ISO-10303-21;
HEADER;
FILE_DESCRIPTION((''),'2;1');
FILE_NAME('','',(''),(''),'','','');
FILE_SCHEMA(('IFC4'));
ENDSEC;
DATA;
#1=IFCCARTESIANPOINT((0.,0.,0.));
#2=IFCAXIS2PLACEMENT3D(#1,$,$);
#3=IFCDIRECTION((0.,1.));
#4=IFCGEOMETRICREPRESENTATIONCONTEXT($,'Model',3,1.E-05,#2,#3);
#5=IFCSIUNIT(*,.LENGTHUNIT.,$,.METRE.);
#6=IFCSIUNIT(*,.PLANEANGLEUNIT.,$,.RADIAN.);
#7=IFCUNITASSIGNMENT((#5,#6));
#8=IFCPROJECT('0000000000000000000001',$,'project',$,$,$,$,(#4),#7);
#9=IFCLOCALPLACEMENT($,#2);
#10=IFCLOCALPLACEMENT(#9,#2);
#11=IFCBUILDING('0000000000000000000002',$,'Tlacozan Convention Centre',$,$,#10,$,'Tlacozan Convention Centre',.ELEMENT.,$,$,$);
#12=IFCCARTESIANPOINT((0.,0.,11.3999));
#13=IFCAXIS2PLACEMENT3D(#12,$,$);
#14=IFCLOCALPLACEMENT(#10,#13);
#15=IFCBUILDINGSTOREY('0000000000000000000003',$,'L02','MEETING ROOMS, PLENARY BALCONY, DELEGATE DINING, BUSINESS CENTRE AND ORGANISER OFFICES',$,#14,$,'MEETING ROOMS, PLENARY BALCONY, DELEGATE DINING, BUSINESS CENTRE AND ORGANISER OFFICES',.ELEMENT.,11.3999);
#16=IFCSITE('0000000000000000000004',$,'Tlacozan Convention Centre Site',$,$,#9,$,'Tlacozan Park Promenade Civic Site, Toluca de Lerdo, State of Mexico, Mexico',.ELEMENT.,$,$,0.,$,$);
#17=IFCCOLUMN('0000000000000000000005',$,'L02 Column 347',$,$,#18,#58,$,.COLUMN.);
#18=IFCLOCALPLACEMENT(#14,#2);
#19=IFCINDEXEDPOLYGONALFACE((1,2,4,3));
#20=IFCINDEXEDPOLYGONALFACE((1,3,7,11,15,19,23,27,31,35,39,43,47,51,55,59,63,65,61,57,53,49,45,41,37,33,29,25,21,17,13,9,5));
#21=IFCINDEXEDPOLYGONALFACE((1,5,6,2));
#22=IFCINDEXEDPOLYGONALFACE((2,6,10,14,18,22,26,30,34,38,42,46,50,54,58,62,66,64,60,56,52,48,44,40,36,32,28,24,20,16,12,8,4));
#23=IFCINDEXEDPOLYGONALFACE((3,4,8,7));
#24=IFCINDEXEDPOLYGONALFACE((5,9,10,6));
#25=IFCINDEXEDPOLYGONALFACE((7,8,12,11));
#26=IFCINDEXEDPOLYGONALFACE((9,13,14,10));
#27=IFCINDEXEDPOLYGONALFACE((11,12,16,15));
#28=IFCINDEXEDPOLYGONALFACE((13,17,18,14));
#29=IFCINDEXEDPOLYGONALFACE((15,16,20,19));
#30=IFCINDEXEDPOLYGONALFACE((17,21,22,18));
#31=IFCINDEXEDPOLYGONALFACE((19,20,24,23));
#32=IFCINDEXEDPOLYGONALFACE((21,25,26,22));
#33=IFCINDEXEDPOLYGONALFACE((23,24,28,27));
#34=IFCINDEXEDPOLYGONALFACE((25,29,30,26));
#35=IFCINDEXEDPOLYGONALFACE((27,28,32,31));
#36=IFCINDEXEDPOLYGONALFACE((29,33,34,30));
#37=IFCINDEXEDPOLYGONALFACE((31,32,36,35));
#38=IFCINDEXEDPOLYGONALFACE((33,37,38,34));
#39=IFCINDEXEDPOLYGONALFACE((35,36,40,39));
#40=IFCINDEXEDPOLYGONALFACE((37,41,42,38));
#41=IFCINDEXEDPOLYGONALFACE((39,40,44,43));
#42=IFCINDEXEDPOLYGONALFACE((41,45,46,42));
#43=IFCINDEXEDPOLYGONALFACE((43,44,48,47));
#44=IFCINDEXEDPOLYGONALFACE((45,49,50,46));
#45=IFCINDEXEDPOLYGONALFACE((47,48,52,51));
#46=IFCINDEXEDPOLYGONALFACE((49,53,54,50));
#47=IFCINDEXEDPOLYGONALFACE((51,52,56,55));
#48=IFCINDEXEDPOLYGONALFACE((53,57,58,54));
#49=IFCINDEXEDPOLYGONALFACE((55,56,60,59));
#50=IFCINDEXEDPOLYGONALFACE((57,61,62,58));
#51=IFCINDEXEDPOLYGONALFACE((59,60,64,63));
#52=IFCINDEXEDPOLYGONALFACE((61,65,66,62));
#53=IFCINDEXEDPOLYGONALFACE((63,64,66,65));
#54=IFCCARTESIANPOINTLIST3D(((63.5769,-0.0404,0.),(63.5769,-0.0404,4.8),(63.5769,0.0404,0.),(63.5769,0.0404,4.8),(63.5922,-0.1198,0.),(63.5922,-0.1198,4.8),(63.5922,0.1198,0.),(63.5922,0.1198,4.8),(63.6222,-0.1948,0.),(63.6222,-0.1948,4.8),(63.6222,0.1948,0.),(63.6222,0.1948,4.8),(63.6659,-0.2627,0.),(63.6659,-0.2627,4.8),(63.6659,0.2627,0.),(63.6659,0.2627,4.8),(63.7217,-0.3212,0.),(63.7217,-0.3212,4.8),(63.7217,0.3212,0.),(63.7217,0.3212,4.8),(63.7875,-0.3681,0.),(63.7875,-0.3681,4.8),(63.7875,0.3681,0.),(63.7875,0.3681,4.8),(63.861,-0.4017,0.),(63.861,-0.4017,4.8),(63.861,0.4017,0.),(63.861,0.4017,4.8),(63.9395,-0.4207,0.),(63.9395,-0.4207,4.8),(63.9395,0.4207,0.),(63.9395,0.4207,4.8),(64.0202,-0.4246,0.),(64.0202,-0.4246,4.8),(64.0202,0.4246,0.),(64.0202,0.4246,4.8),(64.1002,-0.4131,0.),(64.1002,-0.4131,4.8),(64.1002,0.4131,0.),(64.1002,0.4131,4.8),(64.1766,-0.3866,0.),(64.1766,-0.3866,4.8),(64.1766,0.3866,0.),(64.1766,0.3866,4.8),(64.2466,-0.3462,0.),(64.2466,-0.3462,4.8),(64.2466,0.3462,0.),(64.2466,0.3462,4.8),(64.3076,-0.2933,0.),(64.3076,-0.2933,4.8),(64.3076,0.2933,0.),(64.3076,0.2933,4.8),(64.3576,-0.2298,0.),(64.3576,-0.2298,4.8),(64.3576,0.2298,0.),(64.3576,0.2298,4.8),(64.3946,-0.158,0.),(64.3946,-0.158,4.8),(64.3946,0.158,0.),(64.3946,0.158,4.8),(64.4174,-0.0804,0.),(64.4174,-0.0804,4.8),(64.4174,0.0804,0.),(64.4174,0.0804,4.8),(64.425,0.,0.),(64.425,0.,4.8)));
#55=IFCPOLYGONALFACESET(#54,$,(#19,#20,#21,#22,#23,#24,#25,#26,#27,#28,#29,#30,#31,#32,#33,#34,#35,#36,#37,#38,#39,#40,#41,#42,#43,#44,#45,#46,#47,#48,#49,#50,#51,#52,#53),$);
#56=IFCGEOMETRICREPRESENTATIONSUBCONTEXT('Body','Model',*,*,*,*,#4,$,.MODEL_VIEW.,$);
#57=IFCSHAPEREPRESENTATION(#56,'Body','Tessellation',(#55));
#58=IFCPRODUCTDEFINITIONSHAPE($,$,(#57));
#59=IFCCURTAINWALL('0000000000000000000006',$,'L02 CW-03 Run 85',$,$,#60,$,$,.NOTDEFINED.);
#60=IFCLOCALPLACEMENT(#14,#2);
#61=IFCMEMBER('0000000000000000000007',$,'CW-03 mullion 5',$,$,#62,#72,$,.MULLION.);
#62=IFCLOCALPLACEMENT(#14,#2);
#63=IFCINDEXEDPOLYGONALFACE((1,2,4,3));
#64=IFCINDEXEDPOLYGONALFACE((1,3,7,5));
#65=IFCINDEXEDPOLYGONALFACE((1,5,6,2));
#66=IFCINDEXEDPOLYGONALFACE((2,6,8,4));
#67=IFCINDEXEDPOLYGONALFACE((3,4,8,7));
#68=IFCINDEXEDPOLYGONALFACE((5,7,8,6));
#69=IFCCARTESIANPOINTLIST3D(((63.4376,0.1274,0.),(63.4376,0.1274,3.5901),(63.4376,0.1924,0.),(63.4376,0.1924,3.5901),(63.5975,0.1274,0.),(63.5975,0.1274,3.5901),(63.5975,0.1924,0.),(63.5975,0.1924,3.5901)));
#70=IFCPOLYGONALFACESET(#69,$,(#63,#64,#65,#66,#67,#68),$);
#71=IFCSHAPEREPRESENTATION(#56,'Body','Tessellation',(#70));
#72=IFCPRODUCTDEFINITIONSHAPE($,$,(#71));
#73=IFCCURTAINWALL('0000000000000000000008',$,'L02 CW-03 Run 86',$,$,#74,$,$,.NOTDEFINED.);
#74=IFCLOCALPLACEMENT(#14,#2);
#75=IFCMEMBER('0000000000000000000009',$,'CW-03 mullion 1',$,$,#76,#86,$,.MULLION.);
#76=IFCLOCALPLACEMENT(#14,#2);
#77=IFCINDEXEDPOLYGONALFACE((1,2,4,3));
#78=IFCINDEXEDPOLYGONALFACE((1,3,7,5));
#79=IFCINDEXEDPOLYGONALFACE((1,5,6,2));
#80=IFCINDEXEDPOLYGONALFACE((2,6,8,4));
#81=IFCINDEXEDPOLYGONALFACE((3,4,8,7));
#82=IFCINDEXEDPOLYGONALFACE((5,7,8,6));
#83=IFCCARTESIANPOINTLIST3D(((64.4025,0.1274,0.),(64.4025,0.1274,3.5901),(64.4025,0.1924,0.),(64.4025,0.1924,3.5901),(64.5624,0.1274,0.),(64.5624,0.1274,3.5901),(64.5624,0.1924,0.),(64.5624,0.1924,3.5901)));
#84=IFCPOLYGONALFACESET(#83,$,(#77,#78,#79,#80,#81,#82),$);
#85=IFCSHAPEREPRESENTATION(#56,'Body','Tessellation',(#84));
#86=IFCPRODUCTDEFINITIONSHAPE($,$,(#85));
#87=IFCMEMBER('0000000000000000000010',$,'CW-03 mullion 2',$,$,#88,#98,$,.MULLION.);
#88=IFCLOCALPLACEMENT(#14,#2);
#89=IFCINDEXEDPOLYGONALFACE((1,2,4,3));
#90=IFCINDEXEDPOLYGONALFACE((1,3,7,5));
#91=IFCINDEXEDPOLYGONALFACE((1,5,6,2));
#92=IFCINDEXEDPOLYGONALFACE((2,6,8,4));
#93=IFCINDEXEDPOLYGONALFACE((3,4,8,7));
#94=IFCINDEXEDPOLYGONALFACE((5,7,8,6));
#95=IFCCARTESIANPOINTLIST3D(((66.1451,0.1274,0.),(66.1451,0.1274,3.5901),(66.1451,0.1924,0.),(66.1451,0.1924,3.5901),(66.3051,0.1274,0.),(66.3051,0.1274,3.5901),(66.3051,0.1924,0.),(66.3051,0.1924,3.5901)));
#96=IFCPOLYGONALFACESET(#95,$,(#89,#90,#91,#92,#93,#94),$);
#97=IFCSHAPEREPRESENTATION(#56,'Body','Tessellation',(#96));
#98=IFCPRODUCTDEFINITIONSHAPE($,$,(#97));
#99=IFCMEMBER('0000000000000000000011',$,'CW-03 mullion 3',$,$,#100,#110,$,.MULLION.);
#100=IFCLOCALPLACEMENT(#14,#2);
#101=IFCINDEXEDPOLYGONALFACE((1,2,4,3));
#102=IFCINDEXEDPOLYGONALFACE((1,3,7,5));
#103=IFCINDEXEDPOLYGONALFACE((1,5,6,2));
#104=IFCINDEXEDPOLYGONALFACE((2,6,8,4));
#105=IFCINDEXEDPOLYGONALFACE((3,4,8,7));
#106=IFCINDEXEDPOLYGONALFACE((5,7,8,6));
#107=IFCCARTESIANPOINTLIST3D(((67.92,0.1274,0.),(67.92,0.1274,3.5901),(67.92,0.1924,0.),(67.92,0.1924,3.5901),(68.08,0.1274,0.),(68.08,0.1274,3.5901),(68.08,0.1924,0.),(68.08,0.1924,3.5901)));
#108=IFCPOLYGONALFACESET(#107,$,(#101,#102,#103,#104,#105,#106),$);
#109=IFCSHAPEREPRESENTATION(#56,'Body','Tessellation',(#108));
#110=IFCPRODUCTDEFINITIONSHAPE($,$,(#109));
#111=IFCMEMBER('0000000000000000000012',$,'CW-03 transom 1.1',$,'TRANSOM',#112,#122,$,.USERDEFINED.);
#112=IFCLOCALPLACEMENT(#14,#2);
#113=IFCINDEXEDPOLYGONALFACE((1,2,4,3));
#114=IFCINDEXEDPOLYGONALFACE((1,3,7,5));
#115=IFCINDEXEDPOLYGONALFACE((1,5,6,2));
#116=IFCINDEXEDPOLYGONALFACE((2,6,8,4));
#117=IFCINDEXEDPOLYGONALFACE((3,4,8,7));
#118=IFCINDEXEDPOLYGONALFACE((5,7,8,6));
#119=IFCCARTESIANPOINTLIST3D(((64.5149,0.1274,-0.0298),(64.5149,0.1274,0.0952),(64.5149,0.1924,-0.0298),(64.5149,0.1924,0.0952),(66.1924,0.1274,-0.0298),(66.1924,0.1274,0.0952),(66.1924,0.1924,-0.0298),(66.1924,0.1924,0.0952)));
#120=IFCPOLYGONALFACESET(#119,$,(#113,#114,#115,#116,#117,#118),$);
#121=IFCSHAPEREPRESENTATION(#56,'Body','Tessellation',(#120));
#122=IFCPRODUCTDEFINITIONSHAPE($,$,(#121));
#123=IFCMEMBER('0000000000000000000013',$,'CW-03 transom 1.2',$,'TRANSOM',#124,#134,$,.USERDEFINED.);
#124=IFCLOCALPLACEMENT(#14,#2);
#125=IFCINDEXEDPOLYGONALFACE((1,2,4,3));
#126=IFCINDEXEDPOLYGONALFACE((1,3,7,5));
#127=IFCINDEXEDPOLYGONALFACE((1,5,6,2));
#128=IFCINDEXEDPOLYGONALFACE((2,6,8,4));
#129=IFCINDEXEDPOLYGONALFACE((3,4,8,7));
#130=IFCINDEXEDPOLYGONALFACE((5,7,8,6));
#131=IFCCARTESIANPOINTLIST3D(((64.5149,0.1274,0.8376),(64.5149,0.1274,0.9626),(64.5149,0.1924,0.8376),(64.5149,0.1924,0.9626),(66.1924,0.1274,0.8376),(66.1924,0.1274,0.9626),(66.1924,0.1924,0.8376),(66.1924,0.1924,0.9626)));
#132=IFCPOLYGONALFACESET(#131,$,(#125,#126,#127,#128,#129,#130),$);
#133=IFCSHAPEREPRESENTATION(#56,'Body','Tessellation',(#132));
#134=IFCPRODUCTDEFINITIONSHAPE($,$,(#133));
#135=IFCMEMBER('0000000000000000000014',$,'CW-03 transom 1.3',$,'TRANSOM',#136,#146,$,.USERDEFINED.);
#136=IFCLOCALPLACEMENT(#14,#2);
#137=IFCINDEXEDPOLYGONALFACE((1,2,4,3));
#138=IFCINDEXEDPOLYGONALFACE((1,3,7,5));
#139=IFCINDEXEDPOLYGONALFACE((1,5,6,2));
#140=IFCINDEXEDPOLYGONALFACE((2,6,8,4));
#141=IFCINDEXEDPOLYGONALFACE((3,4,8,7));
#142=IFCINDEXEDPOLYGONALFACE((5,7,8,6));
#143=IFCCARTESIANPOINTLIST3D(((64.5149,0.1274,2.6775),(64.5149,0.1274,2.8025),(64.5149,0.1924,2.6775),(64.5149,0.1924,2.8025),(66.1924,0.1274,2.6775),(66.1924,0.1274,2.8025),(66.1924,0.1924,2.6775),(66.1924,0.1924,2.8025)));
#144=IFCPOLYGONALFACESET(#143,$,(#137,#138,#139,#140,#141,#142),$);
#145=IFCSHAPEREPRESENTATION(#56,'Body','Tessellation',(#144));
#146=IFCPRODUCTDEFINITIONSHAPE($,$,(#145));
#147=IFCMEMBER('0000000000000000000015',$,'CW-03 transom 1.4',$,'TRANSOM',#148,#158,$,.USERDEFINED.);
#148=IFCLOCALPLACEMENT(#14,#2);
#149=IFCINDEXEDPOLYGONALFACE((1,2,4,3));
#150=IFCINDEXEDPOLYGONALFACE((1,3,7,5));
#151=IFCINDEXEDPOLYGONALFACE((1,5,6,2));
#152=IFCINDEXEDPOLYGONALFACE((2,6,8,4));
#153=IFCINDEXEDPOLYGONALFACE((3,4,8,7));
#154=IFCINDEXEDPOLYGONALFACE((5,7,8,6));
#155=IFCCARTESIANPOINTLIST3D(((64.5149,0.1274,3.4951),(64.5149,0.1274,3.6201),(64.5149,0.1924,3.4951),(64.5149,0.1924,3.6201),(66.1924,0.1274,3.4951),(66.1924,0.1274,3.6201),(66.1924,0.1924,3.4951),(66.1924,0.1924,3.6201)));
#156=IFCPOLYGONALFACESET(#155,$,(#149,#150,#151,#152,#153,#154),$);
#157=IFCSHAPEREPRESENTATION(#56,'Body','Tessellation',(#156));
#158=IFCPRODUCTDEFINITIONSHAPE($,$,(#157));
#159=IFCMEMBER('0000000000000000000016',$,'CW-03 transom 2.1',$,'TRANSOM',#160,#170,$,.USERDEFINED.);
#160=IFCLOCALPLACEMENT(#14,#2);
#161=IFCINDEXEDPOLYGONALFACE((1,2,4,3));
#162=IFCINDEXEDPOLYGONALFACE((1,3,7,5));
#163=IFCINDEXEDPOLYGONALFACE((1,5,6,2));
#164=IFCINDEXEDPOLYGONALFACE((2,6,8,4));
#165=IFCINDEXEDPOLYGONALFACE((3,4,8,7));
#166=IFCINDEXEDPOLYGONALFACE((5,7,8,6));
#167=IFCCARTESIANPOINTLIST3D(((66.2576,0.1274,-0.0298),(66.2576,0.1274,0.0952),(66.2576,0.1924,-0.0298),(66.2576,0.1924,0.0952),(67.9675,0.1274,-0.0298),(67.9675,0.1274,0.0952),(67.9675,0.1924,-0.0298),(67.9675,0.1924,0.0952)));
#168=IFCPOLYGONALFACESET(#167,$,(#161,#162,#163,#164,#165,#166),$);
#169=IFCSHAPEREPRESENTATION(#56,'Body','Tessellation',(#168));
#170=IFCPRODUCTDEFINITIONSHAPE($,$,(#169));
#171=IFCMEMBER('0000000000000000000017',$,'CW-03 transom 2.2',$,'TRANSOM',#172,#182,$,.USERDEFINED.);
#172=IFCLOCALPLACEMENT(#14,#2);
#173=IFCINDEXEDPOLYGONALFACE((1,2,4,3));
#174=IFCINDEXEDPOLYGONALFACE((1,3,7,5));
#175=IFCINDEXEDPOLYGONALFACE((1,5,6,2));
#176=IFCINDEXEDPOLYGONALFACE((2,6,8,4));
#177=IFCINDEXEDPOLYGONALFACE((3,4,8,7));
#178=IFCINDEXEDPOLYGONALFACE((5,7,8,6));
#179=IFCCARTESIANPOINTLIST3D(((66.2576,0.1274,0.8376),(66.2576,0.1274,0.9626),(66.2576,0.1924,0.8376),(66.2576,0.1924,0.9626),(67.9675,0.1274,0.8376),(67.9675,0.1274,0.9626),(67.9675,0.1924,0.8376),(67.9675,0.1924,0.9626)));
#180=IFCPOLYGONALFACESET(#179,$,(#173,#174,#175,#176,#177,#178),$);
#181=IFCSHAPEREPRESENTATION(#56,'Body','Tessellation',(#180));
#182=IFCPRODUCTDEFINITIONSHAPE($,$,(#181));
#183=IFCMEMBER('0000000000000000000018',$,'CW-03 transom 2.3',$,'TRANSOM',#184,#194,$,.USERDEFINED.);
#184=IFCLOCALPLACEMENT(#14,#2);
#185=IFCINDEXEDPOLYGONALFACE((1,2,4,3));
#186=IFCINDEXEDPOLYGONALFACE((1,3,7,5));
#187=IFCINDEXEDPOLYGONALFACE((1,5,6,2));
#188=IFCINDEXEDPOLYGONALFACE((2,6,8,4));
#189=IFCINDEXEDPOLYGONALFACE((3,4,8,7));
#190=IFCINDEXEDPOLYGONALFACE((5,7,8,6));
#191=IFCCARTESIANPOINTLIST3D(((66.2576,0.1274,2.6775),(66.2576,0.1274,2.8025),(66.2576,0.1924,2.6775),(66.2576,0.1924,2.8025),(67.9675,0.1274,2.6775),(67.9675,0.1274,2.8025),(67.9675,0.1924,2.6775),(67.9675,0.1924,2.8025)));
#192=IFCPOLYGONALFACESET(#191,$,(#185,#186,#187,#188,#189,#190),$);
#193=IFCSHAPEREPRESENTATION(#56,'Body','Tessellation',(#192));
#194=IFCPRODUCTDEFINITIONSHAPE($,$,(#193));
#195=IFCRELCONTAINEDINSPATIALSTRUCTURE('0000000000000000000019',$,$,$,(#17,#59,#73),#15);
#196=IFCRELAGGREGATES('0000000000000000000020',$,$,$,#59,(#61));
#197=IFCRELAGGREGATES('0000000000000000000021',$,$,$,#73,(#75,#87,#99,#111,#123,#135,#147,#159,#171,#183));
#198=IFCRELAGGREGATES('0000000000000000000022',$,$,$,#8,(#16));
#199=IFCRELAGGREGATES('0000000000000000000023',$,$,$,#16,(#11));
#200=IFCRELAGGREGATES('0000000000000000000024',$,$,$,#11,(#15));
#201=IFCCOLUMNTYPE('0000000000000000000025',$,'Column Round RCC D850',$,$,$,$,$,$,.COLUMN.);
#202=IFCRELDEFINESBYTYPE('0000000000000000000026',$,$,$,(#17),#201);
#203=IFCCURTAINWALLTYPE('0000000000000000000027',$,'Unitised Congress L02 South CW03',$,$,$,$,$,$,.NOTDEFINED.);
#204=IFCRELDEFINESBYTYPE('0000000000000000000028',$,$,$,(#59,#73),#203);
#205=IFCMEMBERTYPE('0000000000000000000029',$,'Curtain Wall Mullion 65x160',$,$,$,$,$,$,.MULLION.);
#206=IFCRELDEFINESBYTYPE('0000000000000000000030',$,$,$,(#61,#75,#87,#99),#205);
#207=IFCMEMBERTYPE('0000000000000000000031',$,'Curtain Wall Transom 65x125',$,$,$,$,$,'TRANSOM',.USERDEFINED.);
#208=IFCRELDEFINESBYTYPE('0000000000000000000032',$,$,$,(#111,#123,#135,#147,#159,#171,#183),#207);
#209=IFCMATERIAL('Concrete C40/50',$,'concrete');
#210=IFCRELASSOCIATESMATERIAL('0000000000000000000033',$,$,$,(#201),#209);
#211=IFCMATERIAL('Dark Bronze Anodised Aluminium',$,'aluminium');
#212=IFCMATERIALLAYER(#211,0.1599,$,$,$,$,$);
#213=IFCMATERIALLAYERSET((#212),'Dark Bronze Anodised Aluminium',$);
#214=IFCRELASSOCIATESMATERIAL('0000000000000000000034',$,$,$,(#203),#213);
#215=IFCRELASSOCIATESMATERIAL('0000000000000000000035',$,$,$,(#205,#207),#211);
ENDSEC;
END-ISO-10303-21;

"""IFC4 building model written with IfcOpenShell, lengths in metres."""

from ifc_helpers import new_model, si_unit, direction, frame, origin, origin_2d, place, context, subcontext, project, spatial, rectangle, circle, extrude, material, layer, layer_set, material_profile, profile_set, type_object, element, aggregate, save


model = new_model("IFC4")

# Units and contexts
model_context = context("Model", 3, precision=1e-05, world=origin(), true_north=direction((0.0, 1.0)))
body_context = subcontext(model_context, "Body", "Model", "MODEL_VIEW")
ifc_project = project(units=[si_unit("LENGTHUNIT", "METRE"), si_unit("PLANEANGLEUNIT", "RADIAN")], contexts=[model_context])

# Site, building, storey
site_placement = place(None, origin())
site = spatial("IfcSite", under=ifc_project, at=site_placement, Name="Tlacozan Convention Centre Site", LongName="Tlacozan Park Promenade Civic Site, Toluca de Lerdo, State of Mexico, Mexico", CompositionType="ELEMENT", RefElevation=0.0)
building_placement = place(site_placement, origin())
building = spatial("IfcBuilding", under=site, at=building_placement, Name="Tlacozan Convention Centre", LongName="Tlacozan Convention Centre", CompositionType="ELEMENT")
storey_placement = place(building_placement, frame((0.0, 0.0, 11.3999)))
storey = spatial("IfcBuildingStorey", under=building, at=storey_placement, Name="L02", Description="MEETING ROOMS, PLENARY BALCONY, DELEGATE DINING, BUSINESS CENTRE AND ORGANISER OFFICES", LongName="MEETING ROOMS, PLENARY BALCONY, DELEGATE DINING, BUSINESS CENTRE AND ORGANISER OFFICES", CompositionType="ELEMENT", Elevation=11.3999)

# Column
ifc_material_1 = material(Name="Concrete C40/50", Category="concrete")
ifc_material_profile_1 = material_profile(ifc_material_1, circle(Radius=0.425, at=origin_2d()), Name="RCC D850")
ifc_profile_set_1 = profile_set([ifc_material_profile_1], Name="Concrete C40/50")
column_type = type_object("IfcColumnType", Name="Column Round RCC D850", PredefinedType="COLUMN", material=ifc_profile_set_1)
column_placement = place(storey_placement, frame((64.0, 0.0, 0.0), z_axis=(0.0, 0.0, 1.0), x_axis=(1.0, 0.0, 0.0)))
element("IfcColumn", 1, at=column_placement, inside=storey, type_object=column_type, Name="L02 Column 347", PredefinedType="COLUMN", context=body_context, shape_type="SweptSolid", body=[
    extrude(circle(Radius=0.425, at=origin_2d()), origin(), (0.0, 0.0, 1.0), 4.8),
])

# Curtain wall, member
ifc_material_2 = material(Name="Dark Bronze Anodised Aluminium", Category="aluminium")
ifc_layer_1 = layer(ifc_material_2, 0.1599)
ifc_layer_set_1 = layer_set([ifc_layer_1], Name="Dark Bronze Anodised Aluminium")
curtain_wall_type = type_object("IfcCurtainWallType", Name="Unitised Congress L02 South CW03", PredefinedType="NOTDEFINED", material=ifc_layer_set_1)
curtain_wall_1_placement = place(storey_placement, origin())
curtain_wall_1 = element("IfcCurtainWall", 2, at=curtain_wall_1_placement, inside=storey, type_object=curtain_wall_type, Name="L02 CW-03 Run 85", PredefinedType="NOTDEFINED")
ifc_material_profile_2 = material_profile(ifc_material_2, rectangle(XDim=0.0649, YDim=0.1599, at=origin_2d()), Name="ALU 65x160")
ifc_profile_set_2 = profile_set([ifc_material_profile_2], Name="Dark Bronze Anodised Aluminium")
member_type_1 = type_object("IfcMemberType", Name="Curtain Wall Mullion 65x160", PredefinedType="MULLION", material=ifc_profile_set_2)
member_1_placement = place(storey_placement, frame((63.5176, 0.1599, 0.0), z_axis=(0.0, 0.0, 1.0), x_axis=(0.0, 1.0, 0.0)))
member_1 = element("IfcMember", 3, at=member_1_placement, type_object=member_type_1, Name="CW-03 mullion 5", PredefinedType="MULLION", context=body_context, shape_type="SweptSolid", body=[
    extrude(rectangle(XDim=0.0649, YDim=0.1599, at=origin_2d()), origin(), (0.0, 0.0, 1.0), 3.5901),
])
aggregate(curtain_wall_1, [member_1])

# Curtain wall, members
curtain_wall_2_placement = place(storey_placement, origin())
curtain_wall_2 = element("IfcCurtainWall", 4, at=curtain_wall_2_placement, inside=storey, type_object=curtain_wall_type, Name="L02 CW-03 Run 86", PredefinedType="NOTDEFINED")
member_2_placement = place(storey_placement, frame((64.4824, 0.1599, 0.0), z_axis=(0.0, 0.0, 1.0), x_axis=(0.0, 1.0, 0.0)))
member_2 = element("IfcMember", 5, at=member_2_placement, type_object=member_type_1, Name="CW-03 mullion 1", PredefinedType="MULLION", context=body_context, shape_type="SweptSolid", body=[
    extrude(rectangle(XDim=0.0649, YDim=0.1599, at=origin_2d()), origin(), (0.0, 0.0, 1.0), 3.5901),
])
member_3_placement = place(storey_placement, frame((66.2251, 0.1599, 0.0), z_axis=(0.0, 0.0, 1.0), x_axis=(0.0, 1.0, 0.0)))
member_3 = element("IfcMember", 6, at=member_3_placement, type_object=member_type_1, Name="CW-03 mullion 2", PredefinedType="MULLION", context=body_context, shape_type="SweptSolid", body=[
    extrude(rectangle(XDim=0.0649, YDim=0.1599, at=origin_2d()), origin(), (0.0, 0.0, 1.0), 3.5901),
])
member_4_placement = place(storey_placement, frame((68.0, 0.1599, 0.0), z_axis=(0.0, 0.0, 1.0), x_axis=(0.0, 1.0, 0.0)))
member_4 = element("IfcMember", 7, at=member_4_placement, type_object=member_type_1, Name="CW-03 mullion 3", PredefinedType="MULLION", context=body_context, shape_type="SweptSolid", body=[
    extrude(rectangle(XDim=0.0649, YDim=0.1599, at=origin_2d()), origin(), (0.0, 0.0, 1.0), 3.5901),
])
ifc_material_profile_3 = material_profile(ifc_material_2, rectangle(XDim=0.0649, YDim=0.125, at=origin_2d()), Name="ALU 65x125")
ifc_profile_set_3 = profile_set([ifc_material_profile_3], Name="Dark Bronze Anodised Aluminium")
member_type_2 = type_object("IfcMemberType", Name="Curtain Wall Transom 65x125", ElementType="TRANSOM", PredefinedType="USERDEFINED", material=ifc_profile_set_3)
member_5_placement = place(storey_placement, frame((64.5149, 0.1599, 0.0327), z_axis=(1.0, 0.0, 0.0), x_axis=(0.0, 1.0, 0.0)))
member_5 = element("IfcMember", 8, at=member_5_placement, type_object=member_type_2, Name="CW-03 transom 1.1", ObjectType="TRANSOM", PredefinedType="USERDEFINED", context=body_context, shape_type="SweptSolid", body=[
    extrude(rectangle(XDim=0.0649, YDim=0.125, at=origin_2d()), origin(), (0.0, 0.0, 1.0), 1.6775),
])
member_6_placement = place(storey_placement, frame((64.5149, 0.1599, 0.9001), z_axis=(1.0, 0.0, 0.0), x_axis=(0.0, 1.0, 0.0)))
member_6 = element("IfcMember", 9, at=member_6_placement, type_object=member_type_2, Name="CW-03 transom 1.2", ObjectType="TRANSOM", PredefinedType="USERDEFINED", context=body_context, shape_type="SweptSolid", body=[
    extrude(rectangle(XDim=0.0649, YDim=0.125, at=origin_2d()), origin(), (0.0, 0.0, 1.0), 1.6775),
])
member_7_placement = place(storey_placement, frame((64.5149, 0.1599, 2.74), z_axis=(1.0, 0.0, 0.0), x_axis=(0.0, 1.0, 0.0)))
member_7 = element("IfcMember", 10, at=member_7_placement, type_object=member_type_2, Name="CW-03 transom 1.3", ObjectType="TRANSOM", PredefinedType="USERDEFINED", context=body_context, shape_type="SweptSolid", body=[
    extrude(rectangle(XDim=0.0649, YDim=0.125, at=origin_2d()), origin(), (0.0, 0.0, 1.0), 1.6775),
])
member_8_placement = place(storey_placement, frame((64.5149, 0.1599, 3.5576), z_axis=(1.0, 0.0, 0.0), x_axis=(0.0, 1.0, 0.0)))
member_8 = element("IfcMember", 11, at=member_8_placement, type_object=member_type_2, Name="CW-03 transom 1.4", ObjectType="TRANSOM", PredefinedType="USERDEFINED", context=body_context, shape_type="SweptSolid", body=[
    extrude(rectangle(XDim=0.0649, YDim=0.125, at=origin_2d()), origin(), (0.0, 0.0, 1.0), 1.6775),
])
member_9_placement = place(storey_placement, frame((66.2576, 0.1599, 0.0327), z_axis=(1.0, 0.0, 0.0), x_axis=(0.0, 1.0, 0.0)))
member_9 = element("IfcMember", 12, at=member_9_placement, type_object=member_type_2, Name="CW-03 transom 2.1", ObjectType="TRANSOM", PredefinedType="USERDEFINED", context=body_context, shape_type="SweptSolid", body=[
    extrude(rectangle(XDim=0.0649, YDim=0.125, at=origin_2d()), origin(), (0.0, 0.0, 1.0), 1.71),
])
member_10_placement = place(storey_placement, frame((66.2576, 0.1599, 0.9001), z_axis=(1.0, 0.0, 0.0), x_axis=(0.0, 1.0, 0.0)))
member_10 = element("IfcMember", 13, at=member_10_placement, type_object=member_type_2, Name="CW-03 transom 2.2", ObjectType="TRANSOM", PredefinedType="USERDEFINED", context=body_context, shape_type="SweptSolid", body=[
    extrude(rectangle(XDim=0.0649, YDim=0.125, at=origin_2d()), origin(), (0.0, 0.0, 1.0), 1.71),
])
member_11_placement = place(storey_placement, frame((66.2576, 0.1599, 2.74), z_axis=(1.0, 0.0, 0.0), x_axis=(0.0, 1.0, 0.0)))
member_11 = element("IfcMember", 14, at=member_11_placement, type_object=member_type_2, Name="CW-03 transom 2.3", ObjectType="TRANSOM", PredefinedType="USERDEFINED", context=body_context, shape_type="SweptSolid", body=[
    extrude(rectangle(XDim=0.0649, YDim=0.125, at=origin_2d()), origin(), (0.0, 0.0, 1.0), 1.71),
])

aggregate(curtain_wall_2, [member_2, member_3, member_4, member_5, member_6, member_7, member_8, member_9, member_10, member_11])

save(model, "model.ifc")
